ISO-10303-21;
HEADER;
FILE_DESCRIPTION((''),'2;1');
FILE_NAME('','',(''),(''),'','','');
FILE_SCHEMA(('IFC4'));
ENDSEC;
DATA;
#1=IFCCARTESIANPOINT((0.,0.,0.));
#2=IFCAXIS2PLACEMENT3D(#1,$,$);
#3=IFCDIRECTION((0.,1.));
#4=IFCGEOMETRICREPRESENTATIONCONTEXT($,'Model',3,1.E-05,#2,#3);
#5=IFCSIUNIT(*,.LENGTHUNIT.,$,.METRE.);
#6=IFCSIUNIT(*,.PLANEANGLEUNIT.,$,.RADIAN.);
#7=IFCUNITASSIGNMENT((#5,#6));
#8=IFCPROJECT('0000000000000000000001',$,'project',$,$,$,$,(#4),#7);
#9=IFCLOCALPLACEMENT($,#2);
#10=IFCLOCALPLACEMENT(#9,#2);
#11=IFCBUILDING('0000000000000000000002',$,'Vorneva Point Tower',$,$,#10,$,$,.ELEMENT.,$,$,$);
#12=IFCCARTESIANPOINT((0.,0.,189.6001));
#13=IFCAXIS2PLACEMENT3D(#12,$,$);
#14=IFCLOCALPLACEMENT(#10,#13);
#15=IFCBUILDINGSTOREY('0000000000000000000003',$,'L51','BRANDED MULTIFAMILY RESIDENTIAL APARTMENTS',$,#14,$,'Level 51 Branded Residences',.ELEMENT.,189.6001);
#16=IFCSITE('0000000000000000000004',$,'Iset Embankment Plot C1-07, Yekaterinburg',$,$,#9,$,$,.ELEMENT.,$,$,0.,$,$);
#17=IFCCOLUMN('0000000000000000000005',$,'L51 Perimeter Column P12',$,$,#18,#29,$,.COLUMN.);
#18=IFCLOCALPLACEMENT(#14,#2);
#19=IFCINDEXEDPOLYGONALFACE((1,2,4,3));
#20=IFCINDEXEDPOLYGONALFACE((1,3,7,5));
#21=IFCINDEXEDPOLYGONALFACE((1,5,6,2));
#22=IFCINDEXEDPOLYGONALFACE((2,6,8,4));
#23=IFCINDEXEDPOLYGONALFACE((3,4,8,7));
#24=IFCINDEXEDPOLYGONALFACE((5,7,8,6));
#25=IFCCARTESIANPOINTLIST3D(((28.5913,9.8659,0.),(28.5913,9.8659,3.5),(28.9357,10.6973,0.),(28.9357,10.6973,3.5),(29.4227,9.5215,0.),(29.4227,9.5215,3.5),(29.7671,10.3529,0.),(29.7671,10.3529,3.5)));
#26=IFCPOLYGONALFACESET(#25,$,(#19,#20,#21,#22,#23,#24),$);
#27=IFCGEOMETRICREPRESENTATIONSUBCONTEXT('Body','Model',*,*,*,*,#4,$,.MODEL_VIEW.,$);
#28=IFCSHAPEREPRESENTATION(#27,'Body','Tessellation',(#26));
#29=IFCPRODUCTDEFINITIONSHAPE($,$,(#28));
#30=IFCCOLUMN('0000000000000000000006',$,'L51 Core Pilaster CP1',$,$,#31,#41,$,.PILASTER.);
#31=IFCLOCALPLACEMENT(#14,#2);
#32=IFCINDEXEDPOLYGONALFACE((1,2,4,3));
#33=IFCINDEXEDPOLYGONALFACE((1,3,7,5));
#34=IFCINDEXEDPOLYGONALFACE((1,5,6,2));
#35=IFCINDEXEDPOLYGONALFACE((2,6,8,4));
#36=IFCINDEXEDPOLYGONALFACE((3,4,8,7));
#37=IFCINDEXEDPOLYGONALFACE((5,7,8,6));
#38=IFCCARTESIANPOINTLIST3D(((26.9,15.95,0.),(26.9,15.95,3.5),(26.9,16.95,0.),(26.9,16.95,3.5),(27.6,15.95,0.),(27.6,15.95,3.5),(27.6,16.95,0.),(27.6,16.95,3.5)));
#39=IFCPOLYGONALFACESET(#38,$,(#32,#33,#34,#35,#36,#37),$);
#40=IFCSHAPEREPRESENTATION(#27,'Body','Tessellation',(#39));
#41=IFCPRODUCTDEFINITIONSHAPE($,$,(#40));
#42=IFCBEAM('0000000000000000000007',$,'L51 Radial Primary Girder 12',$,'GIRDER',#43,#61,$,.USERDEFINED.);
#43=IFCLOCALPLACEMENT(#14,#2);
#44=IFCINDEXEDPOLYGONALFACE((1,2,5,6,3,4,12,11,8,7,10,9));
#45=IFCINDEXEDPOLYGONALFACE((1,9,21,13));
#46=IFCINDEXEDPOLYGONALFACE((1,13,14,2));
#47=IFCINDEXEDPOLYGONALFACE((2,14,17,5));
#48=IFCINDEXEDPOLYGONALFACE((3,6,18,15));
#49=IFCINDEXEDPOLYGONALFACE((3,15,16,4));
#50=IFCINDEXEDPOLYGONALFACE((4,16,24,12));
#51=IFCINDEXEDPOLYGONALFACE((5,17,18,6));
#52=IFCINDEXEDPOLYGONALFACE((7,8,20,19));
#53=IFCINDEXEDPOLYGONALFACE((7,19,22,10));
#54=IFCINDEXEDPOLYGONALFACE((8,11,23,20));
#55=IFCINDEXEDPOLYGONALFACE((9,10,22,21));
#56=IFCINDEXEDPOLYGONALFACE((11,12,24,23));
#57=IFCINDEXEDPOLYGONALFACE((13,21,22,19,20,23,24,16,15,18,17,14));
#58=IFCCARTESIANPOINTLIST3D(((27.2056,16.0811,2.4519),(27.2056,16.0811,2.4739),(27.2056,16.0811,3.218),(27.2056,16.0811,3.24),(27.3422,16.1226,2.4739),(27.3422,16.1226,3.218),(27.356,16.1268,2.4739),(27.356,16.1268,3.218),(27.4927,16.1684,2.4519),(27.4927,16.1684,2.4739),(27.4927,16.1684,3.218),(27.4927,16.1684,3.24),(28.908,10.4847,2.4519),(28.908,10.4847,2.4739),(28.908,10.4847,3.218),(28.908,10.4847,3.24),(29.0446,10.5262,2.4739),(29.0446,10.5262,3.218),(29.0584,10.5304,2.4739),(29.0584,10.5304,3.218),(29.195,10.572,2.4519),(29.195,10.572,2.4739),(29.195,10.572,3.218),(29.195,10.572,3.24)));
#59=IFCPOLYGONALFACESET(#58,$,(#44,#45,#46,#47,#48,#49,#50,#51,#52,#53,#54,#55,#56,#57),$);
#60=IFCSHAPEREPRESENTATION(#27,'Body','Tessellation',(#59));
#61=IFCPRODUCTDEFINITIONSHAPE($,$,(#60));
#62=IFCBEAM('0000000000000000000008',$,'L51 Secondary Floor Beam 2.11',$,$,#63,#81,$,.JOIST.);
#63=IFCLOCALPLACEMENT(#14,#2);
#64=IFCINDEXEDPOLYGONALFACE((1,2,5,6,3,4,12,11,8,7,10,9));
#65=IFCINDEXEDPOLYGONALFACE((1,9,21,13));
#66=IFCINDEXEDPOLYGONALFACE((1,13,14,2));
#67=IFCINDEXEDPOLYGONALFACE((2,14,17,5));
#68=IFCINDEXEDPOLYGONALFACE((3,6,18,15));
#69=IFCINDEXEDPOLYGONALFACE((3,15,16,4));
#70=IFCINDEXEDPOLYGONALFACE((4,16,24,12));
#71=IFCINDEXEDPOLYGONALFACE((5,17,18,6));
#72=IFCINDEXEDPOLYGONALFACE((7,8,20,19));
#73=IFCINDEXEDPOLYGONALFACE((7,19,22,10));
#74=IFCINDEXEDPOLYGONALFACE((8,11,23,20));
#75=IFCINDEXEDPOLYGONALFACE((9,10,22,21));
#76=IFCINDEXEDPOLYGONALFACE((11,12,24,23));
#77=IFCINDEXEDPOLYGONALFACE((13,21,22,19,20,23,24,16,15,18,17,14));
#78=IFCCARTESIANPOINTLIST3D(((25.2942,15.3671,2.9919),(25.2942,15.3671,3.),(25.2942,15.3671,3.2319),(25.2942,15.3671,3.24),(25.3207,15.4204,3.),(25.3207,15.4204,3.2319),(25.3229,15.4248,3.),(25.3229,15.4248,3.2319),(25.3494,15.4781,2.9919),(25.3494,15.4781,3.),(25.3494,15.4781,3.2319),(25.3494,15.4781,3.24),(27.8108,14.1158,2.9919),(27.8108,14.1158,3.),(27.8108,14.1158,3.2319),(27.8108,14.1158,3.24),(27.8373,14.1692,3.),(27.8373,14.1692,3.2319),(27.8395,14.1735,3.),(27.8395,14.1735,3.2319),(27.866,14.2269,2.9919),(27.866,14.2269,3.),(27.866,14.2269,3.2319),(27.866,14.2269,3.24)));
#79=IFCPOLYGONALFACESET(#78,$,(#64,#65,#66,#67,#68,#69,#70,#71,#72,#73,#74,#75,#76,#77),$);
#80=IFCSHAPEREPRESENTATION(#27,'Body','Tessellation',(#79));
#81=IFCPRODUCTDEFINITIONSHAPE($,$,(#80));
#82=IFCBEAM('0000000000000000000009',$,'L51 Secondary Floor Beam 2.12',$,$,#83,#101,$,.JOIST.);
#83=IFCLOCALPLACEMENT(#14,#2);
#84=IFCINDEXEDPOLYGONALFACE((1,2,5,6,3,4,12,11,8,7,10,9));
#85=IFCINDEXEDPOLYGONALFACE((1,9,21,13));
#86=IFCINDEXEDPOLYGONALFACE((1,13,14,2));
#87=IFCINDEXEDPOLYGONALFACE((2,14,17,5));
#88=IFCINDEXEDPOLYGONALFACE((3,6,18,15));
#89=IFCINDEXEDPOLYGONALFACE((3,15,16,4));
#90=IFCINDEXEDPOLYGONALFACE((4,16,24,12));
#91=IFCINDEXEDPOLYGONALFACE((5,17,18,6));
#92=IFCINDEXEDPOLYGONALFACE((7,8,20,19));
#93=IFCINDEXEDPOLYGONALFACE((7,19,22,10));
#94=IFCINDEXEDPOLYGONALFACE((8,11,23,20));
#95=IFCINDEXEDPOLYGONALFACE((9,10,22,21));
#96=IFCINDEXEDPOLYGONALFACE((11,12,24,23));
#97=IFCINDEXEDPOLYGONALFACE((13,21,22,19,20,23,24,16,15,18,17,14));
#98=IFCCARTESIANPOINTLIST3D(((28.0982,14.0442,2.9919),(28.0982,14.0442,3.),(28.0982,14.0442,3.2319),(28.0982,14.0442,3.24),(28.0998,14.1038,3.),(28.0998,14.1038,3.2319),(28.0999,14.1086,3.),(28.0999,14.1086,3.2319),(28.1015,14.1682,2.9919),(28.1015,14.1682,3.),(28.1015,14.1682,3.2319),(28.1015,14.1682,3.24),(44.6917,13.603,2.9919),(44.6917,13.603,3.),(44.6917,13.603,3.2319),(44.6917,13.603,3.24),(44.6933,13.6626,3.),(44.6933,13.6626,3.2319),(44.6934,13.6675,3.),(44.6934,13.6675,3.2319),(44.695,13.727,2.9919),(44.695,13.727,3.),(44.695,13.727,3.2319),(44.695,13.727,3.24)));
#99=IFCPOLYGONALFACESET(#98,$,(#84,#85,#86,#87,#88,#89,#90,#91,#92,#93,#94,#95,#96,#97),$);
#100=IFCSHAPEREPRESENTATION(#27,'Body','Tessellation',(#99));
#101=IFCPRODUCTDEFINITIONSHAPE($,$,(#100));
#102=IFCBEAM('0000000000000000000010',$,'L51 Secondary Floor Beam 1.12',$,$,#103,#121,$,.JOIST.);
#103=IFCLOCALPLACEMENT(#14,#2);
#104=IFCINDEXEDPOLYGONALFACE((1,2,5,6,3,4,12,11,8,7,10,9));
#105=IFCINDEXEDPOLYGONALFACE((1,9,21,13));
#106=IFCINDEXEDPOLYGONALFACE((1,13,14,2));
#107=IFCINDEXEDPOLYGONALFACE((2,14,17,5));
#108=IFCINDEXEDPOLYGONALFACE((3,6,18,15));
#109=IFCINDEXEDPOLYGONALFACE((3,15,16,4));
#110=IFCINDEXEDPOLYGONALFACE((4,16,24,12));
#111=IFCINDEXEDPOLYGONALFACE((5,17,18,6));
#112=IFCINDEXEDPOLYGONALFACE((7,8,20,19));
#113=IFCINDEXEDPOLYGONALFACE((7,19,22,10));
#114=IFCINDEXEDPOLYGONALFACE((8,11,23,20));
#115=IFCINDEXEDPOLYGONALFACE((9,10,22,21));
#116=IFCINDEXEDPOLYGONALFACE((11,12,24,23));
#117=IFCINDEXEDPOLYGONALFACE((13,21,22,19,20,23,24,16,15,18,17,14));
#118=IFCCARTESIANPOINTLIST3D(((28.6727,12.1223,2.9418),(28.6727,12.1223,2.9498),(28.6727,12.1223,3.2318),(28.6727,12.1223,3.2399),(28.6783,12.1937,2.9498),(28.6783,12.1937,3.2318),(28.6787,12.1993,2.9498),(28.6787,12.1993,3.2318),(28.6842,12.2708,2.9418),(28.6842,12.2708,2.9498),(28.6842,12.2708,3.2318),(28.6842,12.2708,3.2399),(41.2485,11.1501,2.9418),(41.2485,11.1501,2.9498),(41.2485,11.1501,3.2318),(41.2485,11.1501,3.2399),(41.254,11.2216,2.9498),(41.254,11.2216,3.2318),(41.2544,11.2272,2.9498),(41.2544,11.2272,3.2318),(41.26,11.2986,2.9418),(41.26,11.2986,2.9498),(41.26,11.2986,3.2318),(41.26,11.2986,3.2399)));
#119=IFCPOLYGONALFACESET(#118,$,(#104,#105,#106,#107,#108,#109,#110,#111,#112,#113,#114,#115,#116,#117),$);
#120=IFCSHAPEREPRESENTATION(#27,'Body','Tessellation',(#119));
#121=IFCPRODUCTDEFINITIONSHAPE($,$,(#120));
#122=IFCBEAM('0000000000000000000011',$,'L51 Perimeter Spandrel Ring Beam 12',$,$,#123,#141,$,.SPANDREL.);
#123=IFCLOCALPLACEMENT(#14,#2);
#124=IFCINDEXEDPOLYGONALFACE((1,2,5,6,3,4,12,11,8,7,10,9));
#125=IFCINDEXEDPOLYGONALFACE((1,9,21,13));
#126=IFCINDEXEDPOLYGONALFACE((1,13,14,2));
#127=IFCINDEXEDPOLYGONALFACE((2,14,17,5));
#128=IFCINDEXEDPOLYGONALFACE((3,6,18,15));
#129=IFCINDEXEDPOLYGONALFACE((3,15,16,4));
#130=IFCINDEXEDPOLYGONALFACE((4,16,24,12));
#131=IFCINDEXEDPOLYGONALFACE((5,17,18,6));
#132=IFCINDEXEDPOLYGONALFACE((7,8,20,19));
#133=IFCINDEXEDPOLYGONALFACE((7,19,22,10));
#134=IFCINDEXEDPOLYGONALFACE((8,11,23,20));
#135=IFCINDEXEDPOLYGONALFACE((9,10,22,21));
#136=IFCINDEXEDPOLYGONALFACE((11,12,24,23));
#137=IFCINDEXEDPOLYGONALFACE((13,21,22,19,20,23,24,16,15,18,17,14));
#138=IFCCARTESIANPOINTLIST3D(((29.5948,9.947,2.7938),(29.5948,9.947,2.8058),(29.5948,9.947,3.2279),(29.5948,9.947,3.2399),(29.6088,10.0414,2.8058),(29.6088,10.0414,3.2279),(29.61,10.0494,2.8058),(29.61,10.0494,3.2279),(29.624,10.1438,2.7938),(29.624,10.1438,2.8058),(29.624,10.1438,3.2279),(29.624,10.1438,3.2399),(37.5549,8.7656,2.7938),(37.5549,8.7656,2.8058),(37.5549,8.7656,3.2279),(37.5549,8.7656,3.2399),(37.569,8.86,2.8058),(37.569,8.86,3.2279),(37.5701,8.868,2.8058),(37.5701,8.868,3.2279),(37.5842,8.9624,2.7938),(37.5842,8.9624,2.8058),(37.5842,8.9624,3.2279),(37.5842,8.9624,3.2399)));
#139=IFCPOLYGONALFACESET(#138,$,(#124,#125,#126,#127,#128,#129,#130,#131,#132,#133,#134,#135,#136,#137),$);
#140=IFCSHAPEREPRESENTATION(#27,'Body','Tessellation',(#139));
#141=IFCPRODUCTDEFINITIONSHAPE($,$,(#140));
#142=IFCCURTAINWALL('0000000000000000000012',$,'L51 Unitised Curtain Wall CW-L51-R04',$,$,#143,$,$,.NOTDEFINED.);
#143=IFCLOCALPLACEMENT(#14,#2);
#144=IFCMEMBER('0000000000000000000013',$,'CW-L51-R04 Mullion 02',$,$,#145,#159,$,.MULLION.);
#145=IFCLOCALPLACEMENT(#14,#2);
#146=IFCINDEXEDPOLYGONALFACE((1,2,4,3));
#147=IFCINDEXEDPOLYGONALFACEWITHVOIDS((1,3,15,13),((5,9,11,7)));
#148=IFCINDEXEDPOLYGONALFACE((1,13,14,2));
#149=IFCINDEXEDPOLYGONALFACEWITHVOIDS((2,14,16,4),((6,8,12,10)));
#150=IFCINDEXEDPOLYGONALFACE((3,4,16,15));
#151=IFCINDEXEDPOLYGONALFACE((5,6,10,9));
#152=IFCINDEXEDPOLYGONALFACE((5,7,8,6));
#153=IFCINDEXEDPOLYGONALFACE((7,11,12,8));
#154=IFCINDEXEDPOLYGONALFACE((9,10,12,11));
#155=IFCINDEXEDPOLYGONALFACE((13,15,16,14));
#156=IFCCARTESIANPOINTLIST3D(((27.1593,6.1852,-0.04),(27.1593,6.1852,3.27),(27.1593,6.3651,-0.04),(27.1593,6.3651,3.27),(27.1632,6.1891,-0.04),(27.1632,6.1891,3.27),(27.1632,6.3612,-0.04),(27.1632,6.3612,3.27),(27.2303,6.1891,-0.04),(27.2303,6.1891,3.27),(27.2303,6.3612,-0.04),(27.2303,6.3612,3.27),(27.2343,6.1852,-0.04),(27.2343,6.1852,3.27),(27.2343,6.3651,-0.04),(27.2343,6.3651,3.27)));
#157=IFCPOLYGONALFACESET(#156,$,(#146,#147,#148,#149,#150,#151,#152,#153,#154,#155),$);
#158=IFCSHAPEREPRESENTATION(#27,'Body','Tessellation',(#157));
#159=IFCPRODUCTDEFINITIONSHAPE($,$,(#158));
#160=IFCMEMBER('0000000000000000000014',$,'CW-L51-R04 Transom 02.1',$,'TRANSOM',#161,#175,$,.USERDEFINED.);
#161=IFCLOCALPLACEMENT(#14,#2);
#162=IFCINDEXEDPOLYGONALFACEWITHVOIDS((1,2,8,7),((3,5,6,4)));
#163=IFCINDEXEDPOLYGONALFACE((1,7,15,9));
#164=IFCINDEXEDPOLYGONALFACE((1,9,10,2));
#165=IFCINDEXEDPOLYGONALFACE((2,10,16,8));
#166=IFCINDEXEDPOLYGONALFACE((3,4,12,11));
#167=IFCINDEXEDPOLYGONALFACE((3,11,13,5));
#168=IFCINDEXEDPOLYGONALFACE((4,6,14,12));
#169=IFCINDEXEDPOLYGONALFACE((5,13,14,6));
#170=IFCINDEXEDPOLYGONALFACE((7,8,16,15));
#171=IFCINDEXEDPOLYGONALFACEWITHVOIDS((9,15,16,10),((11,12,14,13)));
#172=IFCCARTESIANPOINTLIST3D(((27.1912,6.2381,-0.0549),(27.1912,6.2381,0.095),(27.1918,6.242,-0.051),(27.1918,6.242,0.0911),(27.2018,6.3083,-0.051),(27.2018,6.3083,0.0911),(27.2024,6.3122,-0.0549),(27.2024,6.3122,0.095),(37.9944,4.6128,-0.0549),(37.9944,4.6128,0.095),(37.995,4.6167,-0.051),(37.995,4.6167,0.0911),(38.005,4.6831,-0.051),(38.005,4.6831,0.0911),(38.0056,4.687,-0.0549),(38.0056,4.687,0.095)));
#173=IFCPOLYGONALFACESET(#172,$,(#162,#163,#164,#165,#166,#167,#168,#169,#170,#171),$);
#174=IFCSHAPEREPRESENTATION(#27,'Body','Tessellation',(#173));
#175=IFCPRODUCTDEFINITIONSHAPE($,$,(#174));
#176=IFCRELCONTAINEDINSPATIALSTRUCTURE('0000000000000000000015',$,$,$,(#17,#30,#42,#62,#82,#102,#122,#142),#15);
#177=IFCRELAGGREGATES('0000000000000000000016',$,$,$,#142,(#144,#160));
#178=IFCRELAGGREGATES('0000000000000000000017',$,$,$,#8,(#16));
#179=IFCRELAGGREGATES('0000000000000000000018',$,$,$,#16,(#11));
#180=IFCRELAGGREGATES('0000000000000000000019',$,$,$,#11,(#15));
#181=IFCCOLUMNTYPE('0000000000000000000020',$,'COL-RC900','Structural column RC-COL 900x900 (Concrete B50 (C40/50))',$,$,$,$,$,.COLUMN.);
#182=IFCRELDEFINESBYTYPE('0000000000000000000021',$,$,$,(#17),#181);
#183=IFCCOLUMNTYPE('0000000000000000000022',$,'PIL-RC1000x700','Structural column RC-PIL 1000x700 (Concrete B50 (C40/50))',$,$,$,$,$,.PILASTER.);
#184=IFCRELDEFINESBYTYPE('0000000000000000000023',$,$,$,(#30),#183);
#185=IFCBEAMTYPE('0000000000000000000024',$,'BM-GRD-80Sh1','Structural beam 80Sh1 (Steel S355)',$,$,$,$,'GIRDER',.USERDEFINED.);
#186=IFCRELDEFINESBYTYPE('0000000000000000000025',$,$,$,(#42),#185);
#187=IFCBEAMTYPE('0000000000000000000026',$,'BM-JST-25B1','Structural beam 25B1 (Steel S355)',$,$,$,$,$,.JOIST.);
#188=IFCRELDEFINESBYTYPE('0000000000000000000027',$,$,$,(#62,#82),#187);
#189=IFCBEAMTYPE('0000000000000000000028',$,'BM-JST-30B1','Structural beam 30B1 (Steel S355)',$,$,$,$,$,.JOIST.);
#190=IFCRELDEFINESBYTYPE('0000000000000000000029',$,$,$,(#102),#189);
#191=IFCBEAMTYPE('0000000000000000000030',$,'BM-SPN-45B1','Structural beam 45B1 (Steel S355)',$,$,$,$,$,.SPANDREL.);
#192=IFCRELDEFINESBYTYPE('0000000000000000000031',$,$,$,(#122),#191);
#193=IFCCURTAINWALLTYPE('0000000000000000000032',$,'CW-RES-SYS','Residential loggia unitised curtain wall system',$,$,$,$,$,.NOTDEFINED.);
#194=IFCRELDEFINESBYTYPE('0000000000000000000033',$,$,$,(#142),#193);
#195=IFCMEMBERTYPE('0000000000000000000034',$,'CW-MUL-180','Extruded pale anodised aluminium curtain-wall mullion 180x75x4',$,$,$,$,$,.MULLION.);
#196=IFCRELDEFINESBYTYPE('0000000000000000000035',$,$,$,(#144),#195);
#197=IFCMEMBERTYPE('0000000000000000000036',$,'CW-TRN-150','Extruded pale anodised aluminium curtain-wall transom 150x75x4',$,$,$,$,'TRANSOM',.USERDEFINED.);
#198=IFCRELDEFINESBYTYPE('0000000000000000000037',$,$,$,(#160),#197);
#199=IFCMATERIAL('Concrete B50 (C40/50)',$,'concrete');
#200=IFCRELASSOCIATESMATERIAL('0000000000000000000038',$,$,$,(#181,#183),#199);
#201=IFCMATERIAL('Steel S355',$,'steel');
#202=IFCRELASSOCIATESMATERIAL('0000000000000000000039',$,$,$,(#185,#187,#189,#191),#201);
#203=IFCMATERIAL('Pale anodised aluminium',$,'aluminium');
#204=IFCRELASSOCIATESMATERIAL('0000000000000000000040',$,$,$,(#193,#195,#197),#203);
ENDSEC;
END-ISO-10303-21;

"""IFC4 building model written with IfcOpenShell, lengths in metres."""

from ifc_helpers import new_model, si_unit, direction, frame, origin, origin_2d, place, context, subcontext, project, spatial, rectangle, hollow_rectangle, i_section, extrude, material, material_profile, profile_set, type_object, element, aggregate, save


model = new_model("IFC4")

# Units and contexts
model_context = context("Model", 3, precision=1e-05, world=origin(), true_north=direction((0.0, 1.0)))
body_context = subcontext(model_context, "Body", "Model", "MODEL_VIEW")
ifc_project = project(units=[si_unit("LENGTHUNIT", "METRE"), si_unit("PLANEANGLEUNIT", "RADIAN")], contexts=[model_context])

# Site, building, storey
site_placement = place(None, origin())
site = spatial("IfcSite", under=ifc_project, at=site_placement, Name="Iset Embankment Plot C1-07, Yekaterinburg", CompositionType="ELEMENT", RefElevation=0.0)
building_placement = place(site_placement, origin())
building = spatial("IfcBuilding", under=site, at=building_placement, Name="Vorneva Point Tower", CompositionType="ELEMENT")
storey_placement = place(building_placement, frame((0.0, 0.0, 189.6001)))
storey = spatial("IfcBuildingStorey", under=building, at=storey_placement, Name="L51", Description="BRANDED MULTIFAMILY RESIDENTIAL APARTMENTS", LongName="Level 51 Branded Residences", CompositionType="ELEMENT", Elevation=189.6001)

# Columns
ifc_material_1 = material(Name="Concrete B50 (C40/50)", Category="concrete")
ifc_material_profile_1 = material_profile(ifc_material_1, rectangle(XDim=0.8999, YDim=0.8999, at=origin_2d()), Name="RC-COL 900x900")
ifc_profile_set_1 = profile_set([ifc_material_profile_1], Name="Concrete B50 (C40/50)")
column_type_1 = type_object("IfcColumnType", Name="COL-RC900", Description="Structural column RC-COL 900x900 (Concrete B50 (C40/50))", PredefinedType="COLUMN", material=ifc_profile_set_1)
column_1_placement = place(storey_placement, frame((29.1792, 10.1094, 0.0), z_axis=(0.0, 0.0, 1.0), x_axis=(-0.382683, -0.92388, 0.0)))
element("IfcColumn", 1, at=column_1_placement, inside=storey, type_object=column_type_1, Name="L51 Perimeter Column P12", PredefinedType="COLUMN", context=body_context, shape_type="SweptSolid", body=[
    extrude(rectangle(XDim=0.8999, YDim=0.8999, at=origin_2d()), origin(), (0.0, 0.0, 1.0), 3.5),
])
ifc_material_profile_2 = material_profile(ifc_material_1, rectangle(XDim=0.7, YDim=1.0, at=origin_2d()), Name="RC-PIL 1000x700")
ifc_profile_set_2 = profile_set([ifc_material_profile_2], Name="Concrete B50 (C40/50)")
column_type_2 = type_object("IfcColumnType", Name="PIL-RC1000x700", Description="Structural column RC-PIL 1000x700 (Concrete B50 (C40/50))", PredefinedType="PILASTER", material=ifc_profile_set_2)
column_2_placement = place(storey_placement, frame((27.25, 16.45, 0.0), z_axis=(0.0, 0.0, 1.0), x_axis=(1.0, 0.0, 0.0)))
element("IfcColumn", 2, at=column_2_placement, inside=storey, type_object=column_type_2, Name="L51 Core Pilaster CP1", PredefinedType="PILASTER", context=body_context, shape_type="SweptSolid", body=[
    extrude(rectangle(XDim=0.7, YDim=1.0, at=origin_2d()), origin(), (0.0, 0.0, 1.0), 3.5),
])

# Beams
ifc_material_2 = material(Name="Steel S355", Category="steel")
ifc_material_profile_3 = material_profile(ifc_material_2, i_section(OverallWidth=0.3, OverallDepth=0.7881, WebThickness=0.0144, FlangeThickness=0.022, at=origin_2d()), Name="80Sh1")
ifc_profile_set_3 = profile_set([ifc_material_profile_3], Name="Steel S355")
beam_type_1 = type_object("IfcBeamType", Name="BM-GRD-80Sh1", Description="Structural beam 80Sh1 (Steel S355)", ElementType="GIRDER", PredefinedType="USERDEFINED", material=ifc_profile_set_3)
beam_1_placement = place(storey_placement, frame((29.0515, 10.5283, 2.8459), z_axis=(-0.291025, 0.956715, 0.0), x_axis=(-0.956715, -0.291025, 0.0)))
element("IfcBeam", 3, at=beam_1_placement, inside=storey, type_object=beam_type_1, Name="L51 Radial Primary Girder 12", ObjectType="GIRDER", PredefinedType="USERDEFINED", context=body_context, shape_type="SweptSolid", body=[
    extrude(i_section(OverallWidth=0.3, OverallDepth=0.7881, WebThickness=0.0144, FlangeThickness=0.022, at=origin_2d()), origin(), (0.0, 0.0, 1.0), 5.8496),
])
ifc_material_profile_4 = material_profile(ifc_material_2, i_section(OverallWidth=0.124, OverallDepth=0.248, WebThickness=0.0049, FlangeThickness=0.0081, at=origin_2d()), Name="25B1")
ifc_profile_set_4 = profile_set([ifc_material_profile_4], Name="Steel S355")
beam_type_2 = type_object("IfcBeamType", Name="BM-JST-25B1", Description="Structural beam 25B1 (Steel S355)", PredefinedType="JOIST", material=ifc_profile_set_4)
beam_2_placement = place(storey_placement, frame((25.3218, 15.4226, 3.116), z_axis=(0.895433, -0.445197, 0.0), x_axis=(0.445197, 0.895433, 0.0)))
element("IfcBeam", 4, at=beam_2_placement, inside=storey, type_object=beam_type_2, Name="L51 Secondary Floor Beam 2.11", PredefinedType="JOIST", context=body_context, shape_type="SweptSolid", body=[
    extrude(i_section(OverallWidth=0.124, OverallDepth=0.248, WebThickness=0.0049, FlangeThickness=0.0081, at=origin_2d()), origin(), (0.0, 0.0, 1.0), 2.8105),
])
beam_3_placement = place(storey_placement, frame((28.0999, 14.1062, 3.116), z_axis=(0.999647, -0.026577, 0.0), x_axis=(0.026577, 0.999647, 0.0)))
element("IfcBeam", 5, at=beam_3_placement, inside=storey, type_object=beam_type_2, Name="L51 Secondary Floor Beam 2.12", PredefinedType="JOIST", context=body_context, shape_type="SweptSolid", body=[
    extrude(i_section(OverallWidth=0.124, OverallDepth=0.248, WebThickness=0.0049, FlangeThickness=0.0081, at=origin_2d()), origin(), (0.0, 0.0, 1.0), 16.5994),
])
ifc_material_profile_5 = material_profile(ifc_material_2, i_section(OverallWidth=0.1489, OverallDepth=0.2981, WebThickness=0.0056, FlangeThickness=0.0081, at=origin_2d()), Name="30B1")
ifc_profile_set_5 = profile_set([ifc_material_profile_5], Name="Steel S355")
beam_type_3 = type_object("IfcBeamType", Name="BM-JST-30B1", Description="Structural beam 30B1 (Steel S355)", PredefinedType="JOIST", material=ifc_profile_set_5)
beam_4_placement = place(storey_placement, frame((28.6785, 12.1965, 3.0908), z_axis=(0.997025, -0.077075, 0.0), x_axis=(0.077075, 0.997025, 0.0)))
element("IfcBeam", 6, at=beam_4_placement, inside=storey, type_object=beam_type_3, Name="L51 Secondary Floor Beam 1.12", PredefinedType="JOIST", context=body_context, shape_type="SweptSolid", body=[
    extrude(i_section(OverallWidth=0.1489, OverallDepth=0.2981, WebThickness=0.0056, FlangeThickness=0.0081, at=origin_2d()), origin(), (0.0, 0.0, 1.0), 12.6133),
])
ifc_material_profile_6 = material_profile(ifc_material_2, i_section(OverallWidth=0.199, OverallDepth=0.446, WebThickness=0.0081, FlangeThickness=0.012, at=origin_2d()), Name="45B1")
ifc_profile_set_6 = profile_set([ifc_material_profile_6], Name="Steel S355")
beam_type_4 = type_object("IfcBeamType", Name="BM-SPN-45B1", Description="Structural beam 45B1 (Steel S355)", PredefinedType="SPANDREL", material=ifc_profile_set_6)
beam_5_placement = place(storey_placement, frame((29.6094, 10.0454, 3.0168), z_axis=(0.989165, -0.146805, 0.0), x_axis=(0.146805, 0.989165, 0.0)))
element("IfcBeam", 7, at=beam_5_placement, inside=storey, type_object=beam_type_4, Name="L51 Perimeter Spandrel Ring Beam 12", PredefinedType="SPANDREL", context=body_context, shape_type="SweptSolid", body=[
    extrude(i_section(OverallWidth=0.199, OverallDepth=0.446, WebThickness=0.0081, FlangeThickness=0.012, at=origin_2d()), origin(), (0.0, 0.0, 1.0), 8.0474),
])

# Curtain wall, members
ifc_material_3 = material(Name="Pale anodised aluminium", Category="aluminium")
curtain_wall_type = type_object("IfcCurtainWallType", Name="CW-RES-SYS", Description="Residential loggia unitised curtain wall system", PredefinedType="NOTDEFINED", material=ifc_material_3)
curtain_wall_placement = place(storey_placement, origin())
curtain_wall = element("IfcCurtainWall", 8, at=curtain_wall_placement, inside=storey, type_object=curtain_wall_type, Name="L51 Unitised Curtain Wall CW-L51-R04", PredefinedType="NOTDEFINED")
ifc_material_profile_7 = material_profile(ifc_material_3, hollow_rectangle(XDim=0.075, YDim=0.1799, WallThickness=0.0039, at=origin_2d()), Name="AL-MUL 180x75x4")
ifc_profile_set_7 = profile_set([ifc_material_profile_7], Name="Pale anodised aluminium")
member_type_1 = type_object("IfcMemberType", Name="CW-MUL-180", Description="Extruded pale anodised aluminium curtain-wall mullion 180x75x4", PredefinedType="MULLION", material=ifc_profile_set_7)
member_1_placement = place(storey_placement, frame((27.1968, 6.2751, -0.04), z_axis=(0.0, 0.0, 1.0), x_axis=(1.0, 0.0, 0.0)))
member_1 = element("IfcMember", 9, at=member_1_placement, type_object=member_type_1, Name="CW-L51-R04 Mullion 02", PredefinedType="MULLION", context=body_context, shape_type="SweptSolid", body=[
    extrude(hollow_rectangle(XDim=0.075, YDim=0.1799, WallThickness=0.0039, at=origin_2d()), origin(), (0.0, 0.0, 1.0), 3.3101),
])
ifc_material_profile_8 = material_profile(ifc_material_3, hollow_rectangle(XDim=0.075, YDim=0.1499, WallThickness=0.0039, at=origin_2d()), Name="AL-TRN 150x75x4")
ifc_profile_set_8 = profile_set([ifc_material_profile_8], Name="Pale anodised aluminium")
member_type_2 = type_object("IfcMemberType", Name="CW-TRN-150", Description="Extruded pale anodised aluminium curtain-wall transom 150x75x4", ElementType="TRANSOM", PredefinedType="USERDEFINED", material=ifc_profile_set_8)
member_2_placement = place(storey_placement, frame((27.1968, 6.2751, 0.02), z_axis=(0.988872, -0.148767, 0.0), x_axis=(0.148767, 0.988872, 0.0)))
member_2 = element("IfcMember", 10, at=member_2_placement, type_object=member_type_2, Name="CW-L51-R04 Transom 02.1", ObjectType="TRANSOM", PredefinedType="USERDEFINED", context=body_context, shape_type="SweptSolid", body=[
    extrude(hollow_rectangle(XDim=0.075, YDim=0.1499, WallThickness=0.0039, at=origin_2d()), origin(), (0.0, 0.0, 1.0), 10.9248),
])
aggregate(curtain_wall, [member_1, member_2])

save(model, "model.ifc")
